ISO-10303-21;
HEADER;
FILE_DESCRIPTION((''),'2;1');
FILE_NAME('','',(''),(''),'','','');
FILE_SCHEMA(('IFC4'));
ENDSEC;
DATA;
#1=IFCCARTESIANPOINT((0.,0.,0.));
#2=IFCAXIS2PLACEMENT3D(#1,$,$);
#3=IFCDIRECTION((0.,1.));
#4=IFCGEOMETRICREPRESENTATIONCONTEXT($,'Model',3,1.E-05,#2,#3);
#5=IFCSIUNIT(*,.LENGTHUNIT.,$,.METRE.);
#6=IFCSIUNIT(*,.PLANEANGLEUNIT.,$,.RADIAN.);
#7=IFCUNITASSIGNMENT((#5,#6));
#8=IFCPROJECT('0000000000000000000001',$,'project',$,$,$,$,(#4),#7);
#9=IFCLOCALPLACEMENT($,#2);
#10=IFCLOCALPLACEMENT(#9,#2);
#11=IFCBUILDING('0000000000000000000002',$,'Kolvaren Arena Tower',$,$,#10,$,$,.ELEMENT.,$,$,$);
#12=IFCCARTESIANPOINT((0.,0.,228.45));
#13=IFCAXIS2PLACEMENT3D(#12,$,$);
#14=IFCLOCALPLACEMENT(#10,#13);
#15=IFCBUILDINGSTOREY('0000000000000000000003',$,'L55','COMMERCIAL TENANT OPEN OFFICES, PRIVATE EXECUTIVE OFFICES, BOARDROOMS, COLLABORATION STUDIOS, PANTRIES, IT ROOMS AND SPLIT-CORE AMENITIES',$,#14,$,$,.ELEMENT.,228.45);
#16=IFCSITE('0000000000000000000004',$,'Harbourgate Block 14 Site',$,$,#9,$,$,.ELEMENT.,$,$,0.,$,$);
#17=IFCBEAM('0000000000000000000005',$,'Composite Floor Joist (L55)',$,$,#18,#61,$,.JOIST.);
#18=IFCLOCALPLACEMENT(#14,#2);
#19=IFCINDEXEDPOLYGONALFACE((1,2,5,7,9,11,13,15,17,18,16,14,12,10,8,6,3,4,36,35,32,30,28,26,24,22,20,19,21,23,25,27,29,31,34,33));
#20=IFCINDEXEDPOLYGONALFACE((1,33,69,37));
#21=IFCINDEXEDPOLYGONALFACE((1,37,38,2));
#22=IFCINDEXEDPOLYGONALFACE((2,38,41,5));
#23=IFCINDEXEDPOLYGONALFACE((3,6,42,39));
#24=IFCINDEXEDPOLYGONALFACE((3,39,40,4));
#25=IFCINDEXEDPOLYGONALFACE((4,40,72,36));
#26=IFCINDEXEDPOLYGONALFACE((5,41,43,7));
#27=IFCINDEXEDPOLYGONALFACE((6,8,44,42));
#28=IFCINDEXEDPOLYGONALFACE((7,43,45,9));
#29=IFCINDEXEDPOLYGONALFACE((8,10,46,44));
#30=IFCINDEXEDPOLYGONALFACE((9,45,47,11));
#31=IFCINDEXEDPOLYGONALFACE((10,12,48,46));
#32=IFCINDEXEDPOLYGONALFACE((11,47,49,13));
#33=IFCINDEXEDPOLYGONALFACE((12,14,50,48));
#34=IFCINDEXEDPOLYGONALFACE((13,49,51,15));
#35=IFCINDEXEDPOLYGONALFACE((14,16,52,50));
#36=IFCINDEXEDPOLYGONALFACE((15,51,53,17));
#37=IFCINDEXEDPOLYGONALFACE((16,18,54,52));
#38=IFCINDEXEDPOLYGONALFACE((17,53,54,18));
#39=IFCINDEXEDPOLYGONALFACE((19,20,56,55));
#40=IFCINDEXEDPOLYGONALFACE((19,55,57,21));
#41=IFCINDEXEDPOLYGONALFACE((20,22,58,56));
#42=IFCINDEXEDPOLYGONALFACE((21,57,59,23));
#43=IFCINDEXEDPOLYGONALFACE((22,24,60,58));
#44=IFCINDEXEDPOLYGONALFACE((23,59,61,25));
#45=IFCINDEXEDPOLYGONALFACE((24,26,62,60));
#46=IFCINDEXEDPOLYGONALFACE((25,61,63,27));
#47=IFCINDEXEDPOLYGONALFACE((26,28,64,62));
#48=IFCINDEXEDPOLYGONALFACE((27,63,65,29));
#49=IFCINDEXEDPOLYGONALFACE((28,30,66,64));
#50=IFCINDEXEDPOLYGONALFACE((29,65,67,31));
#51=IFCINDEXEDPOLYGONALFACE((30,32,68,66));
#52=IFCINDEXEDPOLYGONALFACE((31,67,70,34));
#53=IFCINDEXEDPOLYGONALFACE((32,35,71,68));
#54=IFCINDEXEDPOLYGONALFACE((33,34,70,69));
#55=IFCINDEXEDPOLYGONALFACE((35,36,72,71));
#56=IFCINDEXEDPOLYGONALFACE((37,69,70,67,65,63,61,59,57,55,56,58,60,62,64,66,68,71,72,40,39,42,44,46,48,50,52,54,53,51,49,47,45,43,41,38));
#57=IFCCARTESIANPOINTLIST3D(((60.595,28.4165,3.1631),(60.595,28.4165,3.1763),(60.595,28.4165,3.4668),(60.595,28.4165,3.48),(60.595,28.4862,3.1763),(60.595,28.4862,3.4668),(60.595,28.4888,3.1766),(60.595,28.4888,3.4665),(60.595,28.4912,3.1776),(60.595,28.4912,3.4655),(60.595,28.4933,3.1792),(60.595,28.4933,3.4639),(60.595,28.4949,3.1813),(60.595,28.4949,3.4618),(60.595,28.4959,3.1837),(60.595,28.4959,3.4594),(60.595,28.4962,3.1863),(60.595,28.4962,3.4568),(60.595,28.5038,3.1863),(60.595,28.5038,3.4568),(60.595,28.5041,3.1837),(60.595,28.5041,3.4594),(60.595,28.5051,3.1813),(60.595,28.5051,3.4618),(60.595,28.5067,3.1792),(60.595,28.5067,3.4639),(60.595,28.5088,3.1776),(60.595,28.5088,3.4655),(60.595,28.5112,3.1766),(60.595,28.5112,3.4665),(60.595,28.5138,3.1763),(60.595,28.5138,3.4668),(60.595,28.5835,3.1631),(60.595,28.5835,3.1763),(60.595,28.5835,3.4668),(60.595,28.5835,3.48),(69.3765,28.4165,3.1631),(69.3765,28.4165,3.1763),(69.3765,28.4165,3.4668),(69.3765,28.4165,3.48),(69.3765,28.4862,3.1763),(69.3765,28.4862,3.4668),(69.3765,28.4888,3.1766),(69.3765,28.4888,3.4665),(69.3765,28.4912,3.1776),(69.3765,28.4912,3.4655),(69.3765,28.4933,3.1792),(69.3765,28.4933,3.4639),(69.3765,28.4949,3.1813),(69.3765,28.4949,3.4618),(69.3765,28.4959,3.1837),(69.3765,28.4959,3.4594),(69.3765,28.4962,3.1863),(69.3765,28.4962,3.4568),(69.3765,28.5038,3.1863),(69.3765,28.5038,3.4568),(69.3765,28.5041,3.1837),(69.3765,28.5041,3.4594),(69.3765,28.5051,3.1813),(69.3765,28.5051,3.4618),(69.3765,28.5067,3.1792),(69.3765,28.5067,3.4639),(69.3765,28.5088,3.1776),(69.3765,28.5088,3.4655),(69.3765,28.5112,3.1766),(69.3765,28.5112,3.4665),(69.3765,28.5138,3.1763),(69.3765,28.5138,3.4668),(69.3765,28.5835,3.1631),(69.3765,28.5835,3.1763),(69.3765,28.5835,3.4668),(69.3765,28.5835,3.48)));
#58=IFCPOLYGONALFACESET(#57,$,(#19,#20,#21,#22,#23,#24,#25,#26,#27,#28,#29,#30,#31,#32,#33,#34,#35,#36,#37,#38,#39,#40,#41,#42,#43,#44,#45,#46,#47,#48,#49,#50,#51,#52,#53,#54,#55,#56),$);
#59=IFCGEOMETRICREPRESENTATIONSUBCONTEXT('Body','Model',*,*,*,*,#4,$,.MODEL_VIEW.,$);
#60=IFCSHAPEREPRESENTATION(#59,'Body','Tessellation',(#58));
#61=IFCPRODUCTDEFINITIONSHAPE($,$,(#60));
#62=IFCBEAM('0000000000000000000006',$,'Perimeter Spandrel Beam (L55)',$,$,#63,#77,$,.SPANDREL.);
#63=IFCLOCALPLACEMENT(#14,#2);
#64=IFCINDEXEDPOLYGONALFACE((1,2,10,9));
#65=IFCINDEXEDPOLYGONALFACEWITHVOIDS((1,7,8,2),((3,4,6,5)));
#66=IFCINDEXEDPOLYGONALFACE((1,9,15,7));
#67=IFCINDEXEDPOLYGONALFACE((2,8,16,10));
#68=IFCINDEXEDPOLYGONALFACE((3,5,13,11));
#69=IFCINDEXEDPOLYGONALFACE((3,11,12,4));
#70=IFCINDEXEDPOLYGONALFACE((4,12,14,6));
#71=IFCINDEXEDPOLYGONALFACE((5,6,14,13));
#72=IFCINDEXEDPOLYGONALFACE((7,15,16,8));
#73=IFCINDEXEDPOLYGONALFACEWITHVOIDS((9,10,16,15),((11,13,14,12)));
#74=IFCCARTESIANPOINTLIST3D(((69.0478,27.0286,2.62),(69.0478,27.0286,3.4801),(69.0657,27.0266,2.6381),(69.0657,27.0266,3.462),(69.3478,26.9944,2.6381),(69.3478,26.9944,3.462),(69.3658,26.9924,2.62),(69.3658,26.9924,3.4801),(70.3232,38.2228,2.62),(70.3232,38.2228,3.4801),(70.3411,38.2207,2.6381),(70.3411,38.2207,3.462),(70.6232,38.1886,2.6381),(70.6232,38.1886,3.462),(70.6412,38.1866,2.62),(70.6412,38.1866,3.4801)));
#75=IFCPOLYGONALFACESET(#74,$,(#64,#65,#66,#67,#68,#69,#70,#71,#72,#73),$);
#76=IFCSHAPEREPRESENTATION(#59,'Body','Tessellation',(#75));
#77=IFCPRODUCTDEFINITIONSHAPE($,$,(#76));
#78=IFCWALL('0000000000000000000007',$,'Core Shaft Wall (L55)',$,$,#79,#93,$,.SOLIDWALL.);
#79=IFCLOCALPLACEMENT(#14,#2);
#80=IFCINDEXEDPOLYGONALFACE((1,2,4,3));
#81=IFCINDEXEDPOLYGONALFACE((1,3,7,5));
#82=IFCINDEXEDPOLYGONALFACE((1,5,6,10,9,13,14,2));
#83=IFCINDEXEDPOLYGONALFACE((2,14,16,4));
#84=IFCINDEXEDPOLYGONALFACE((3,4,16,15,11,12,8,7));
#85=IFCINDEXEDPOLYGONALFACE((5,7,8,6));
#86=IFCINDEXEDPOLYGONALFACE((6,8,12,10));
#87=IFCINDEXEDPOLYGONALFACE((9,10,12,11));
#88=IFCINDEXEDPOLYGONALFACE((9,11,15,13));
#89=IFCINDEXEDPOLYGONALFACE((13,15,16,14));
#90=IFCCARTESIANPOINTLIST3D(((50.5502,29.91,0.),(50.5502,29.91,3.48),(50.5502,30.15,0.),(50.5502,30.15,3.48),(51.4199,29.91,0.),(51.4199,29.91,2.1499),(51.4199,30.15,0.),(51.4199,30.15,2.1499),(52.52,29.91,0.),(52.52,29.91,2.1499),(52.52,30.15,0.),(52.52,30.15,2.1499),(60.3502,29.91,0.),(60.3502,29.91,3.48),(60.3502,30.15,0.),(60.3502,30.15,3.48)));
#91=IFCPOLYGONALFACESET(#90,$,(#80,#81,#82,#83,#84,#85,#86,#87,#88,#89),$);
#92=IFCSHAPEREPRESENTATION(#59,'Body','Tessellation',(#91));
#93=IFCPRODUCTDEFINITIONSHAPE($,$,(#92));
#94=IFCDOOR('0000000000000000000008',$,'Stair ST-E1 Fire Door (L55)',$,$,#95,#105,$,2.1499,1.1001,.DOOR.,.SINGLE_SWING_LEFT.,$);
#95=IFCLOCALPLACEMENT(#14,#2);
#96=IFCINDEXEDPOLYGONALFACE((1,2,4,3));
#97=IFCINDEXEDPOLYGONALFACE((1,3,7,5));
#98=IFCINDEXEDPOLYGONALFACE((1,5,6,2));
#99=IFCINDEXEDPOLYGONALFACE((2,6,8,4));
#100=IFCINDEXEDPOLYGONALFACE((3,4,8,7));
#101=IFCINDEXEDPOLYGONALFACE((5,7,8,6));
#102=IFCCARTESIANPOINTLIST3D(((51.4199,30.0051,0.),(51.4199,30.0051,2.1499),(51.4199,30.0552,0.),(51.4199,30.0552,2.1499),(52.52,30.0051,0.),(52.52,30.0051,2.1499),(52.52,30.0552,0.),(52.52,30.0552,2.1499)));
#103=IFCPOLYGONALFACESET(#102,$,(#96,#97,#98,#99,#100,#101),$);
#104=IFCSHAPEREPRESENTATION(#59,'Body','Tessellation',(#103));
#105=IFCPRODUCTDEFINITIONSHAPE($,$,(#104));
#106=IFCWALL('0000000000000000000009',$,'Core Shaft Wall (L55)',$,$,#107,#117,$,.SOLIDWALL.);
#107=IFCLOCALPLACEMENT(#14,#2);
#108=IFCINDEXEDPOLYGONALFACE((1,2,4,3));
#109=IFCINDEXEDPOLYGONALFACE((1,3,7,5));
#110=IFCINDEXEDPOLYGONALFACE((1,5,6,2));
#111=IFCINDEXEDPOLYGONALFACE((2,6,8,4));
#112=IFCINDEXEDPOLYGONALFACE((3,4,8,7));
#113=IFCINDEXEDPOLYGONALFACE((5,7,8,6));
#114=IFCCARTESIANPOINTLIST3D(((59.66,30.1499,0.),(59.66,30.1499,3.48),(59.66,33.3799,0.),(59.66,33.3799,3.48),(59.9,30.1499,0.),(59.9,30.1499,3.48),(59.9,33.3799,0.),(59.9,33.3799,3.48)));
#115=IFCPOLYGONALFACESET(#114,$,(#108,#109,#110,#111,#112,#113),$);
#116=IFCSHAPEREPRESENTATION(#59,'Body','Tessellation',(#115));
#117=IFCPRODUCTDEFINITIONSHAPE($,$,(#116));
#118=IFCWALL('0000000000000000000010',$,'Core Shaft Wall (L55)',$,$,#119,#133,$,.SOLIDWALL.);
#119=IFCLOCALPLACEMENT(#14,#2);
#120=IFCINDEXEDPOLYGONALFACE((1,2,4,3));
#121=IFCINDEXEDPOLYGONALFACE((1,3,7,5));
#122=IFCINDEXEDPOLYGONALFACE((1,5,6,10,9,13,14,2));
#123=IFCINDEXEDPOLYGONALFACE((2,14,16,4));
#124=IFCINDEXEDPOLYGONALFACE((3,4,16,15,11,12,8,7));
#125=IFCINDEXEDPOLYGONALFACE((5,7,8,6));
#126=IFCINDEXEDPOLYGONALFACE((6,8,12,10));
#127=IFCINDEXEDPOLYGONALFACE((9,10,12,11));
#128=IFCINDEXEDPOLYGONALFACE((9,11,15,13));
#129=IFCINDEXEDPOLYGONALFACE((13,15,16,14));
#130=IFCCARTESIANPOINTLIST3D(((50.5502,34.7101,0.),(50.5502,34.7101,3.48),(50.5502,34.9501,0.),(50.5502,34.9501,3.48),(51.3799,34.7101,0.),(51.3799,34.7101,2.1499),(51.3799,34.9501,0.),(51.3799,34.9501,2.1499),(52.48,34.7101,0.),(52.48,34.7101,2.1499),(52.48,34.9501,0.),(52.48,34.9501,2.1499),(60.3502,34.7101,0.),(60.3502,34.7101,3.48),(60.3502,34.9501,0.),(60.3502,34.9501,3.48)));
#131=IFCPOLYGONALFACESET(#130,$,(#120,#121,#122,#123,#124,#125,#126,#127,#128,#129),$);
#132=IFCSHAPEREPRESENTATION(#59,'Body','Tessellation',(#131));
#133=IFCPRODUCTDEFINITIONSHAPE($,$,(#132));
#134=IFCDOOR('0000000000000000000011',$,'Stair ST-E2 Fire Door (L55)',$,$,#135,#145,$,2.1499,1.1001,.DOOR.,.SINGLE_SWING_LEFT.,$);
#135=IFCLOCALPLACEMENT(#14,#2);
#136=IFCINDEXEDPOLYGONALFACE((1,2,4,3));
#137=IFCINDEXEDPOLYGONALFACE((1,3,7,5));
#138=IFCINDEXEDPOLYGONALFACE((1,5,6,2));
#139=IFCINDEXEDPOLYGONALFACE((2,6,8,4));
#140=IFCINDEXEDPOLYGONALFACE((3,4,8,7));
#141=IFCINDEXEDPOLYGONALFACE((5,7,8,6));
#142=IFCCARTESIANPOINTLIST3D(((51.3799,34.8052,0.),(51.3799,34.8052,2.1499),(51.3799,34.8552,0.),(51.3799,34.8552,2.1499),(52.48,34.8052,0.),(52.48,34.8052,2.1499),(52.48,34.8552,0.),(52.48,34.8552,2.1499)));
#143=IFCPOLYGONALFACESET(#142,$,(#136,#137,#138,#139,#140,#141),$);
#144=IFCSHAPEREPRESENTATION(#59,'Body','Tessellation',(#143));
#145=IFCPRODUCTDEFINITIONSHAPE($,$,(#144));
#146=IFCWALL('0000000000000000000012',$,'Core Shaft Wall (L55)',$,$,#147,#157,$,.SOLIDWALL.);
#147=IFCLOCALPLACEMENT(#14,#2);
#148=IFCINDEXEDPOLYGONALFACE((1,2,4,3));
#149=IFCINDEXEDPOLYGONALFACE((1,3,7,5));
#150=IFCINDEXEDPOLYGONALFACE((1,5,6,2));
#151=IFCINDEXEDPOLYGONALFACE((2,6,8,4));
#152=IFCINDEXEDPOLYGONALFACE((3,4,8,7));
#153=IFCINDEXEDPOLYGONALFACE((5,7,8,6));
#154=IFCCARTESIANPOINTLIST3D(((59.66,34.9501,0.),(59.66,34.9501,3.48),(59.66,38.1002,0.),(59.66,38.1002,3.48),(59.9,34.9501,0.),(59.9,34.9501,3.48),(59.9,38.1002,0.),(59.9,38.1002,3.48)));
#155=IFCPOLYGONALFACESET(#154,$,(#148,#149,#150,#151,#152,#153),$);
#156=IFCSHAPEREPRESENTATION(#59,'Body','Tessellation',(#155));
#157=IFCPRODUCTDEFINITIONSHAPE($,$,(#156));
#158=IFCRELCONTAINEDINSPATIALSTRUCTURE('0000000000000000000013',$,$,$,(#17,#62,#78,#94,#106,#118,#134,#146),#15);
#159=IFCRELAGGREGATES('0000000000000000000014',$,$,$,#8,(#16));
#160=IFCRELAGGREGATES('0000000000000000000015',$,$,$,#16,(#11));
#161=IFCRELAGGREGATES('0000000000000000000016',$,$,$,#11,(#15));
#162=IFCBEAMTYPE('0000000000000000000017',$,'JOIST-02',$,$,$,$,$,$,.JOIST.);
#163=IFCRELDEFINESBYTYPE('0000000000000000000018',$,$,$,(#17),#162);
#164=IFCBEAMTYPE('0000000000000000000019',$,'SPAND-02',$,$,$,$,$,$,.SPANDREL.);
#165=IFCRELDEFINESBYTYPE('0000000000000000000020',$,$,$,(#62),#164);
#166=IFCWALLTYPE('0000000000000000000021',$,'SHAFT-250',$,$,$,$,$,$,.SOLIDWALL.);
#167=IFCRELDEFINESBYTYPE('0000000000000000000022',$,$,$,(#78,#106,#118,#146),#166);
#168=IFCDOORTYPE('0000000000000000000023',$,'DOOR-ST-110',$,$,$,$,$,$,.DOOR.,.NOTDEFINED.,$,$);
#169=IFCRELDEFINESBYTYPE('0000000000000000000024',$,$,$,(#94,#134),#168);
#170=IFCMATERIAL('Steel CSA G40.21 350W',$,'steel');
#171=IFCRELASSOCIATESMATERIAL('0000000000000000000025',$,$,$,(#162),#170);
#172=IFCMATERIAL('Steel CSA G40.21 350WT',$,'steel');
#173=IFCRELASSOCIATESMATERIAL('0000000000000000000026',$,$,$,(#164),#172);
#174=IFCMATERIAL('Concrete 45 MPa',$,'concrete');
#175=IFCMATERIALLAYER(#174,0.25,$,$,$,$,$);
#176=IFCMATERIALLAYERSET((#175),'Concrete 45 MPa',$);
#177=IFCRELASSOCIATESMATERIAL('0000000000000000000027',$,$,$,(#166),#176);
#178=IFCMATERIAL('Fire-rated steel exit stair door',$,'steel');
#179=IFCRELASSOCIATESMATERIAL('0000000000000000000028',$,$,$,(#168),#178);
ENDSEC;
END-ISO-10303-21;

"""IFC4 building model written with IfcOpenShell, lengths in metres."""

from ifc_helpers import new_model, si_unit, direction, frame, frame_2d, origin, origin_2d, place, context, subcontext, project, spatial, rectangle, hollow_rectangle, i_section, extrude, material, layer, layer_set, material_profile, profile_set, type_object, element, fill, save


model = new_model("IFC4")

# Units and contexts
model_context = context("Model", 3, precision=1e-05, world=origin(), true_north=direction((0.0, 1.0)))
body_context = subcontext(model_context, "Body", "Model", "MODEL_VIEW")
ifc_project = project(units=[si_unit("LENGTHUNIT", "METRE"), si_unit("PLANEANGLEUNIT", "RADIAN")], contexts=[model_context])

# Site, building, storey
site_placement = place(None, origin())
site = spatial("IfcSite", under=ifc_project, at=site_placement, Name="Harbourgate Block 14 Site", CompositionType="ELEMENT", RefElevation=0.0)
building_placement = place(site_placement, origin())
building = spatial("IfcBuilding", under=site, at=building_placement, Name="Kolvaren Arena Tower", CompositionType="ELEMENT")
storey_placement = place(building_placement, frame((0.0, 0.0, 228.45)))
storey = spatial("IfcBuildingStorey", under=building, at=storey_placement, Name="L55", Description="COMMERCIAL TENANT OPEN OFFICES, PRIVATE EXECUTIVE OFFICES, BOARDROOMS, COLLABORATION STUDIOS, PANTRIES, IT ROOMS AND SPLIT-CORE AMENITIES", CompositionType="ELEMENT", Elevation=228.45)

# Beams
ifc_material_1 = material(Name="Steel CSA G40.21 350W", Category="steel")
ifc_material_profile_1 = material_profile(ifc_material_1, i_section(OverallWidth=0.167, OverallDepth=0.3169, WebThickness=0.0076, FlangeThickness=0.0132, FilletRadius=0.01, at=origin_2d()), Name="W310x52")
ifc_profile_set_1 = profile_set([ifc_material_profile_1], Name="Steel CSA G40.21 350W")
beam_type_1 = type_object("IfcBeamType", Name="JOIST-02", PredefinedType="JOIST", material=ifc_profile_set_1)
beam_1_placement = place(storey_placement, frame((60.595, 28.5, 3.3215), z_axis=(1.0, 0.0, 0.0), x_axis=(0.0, 1.0, 0.0)))
element("IfcBeam", 1, at=beam_1_placement, inside=storey, type_object=beam_type_1, Name="Composite Floor Joist (L55)", PredefinedType="JOIST", context=body_context, shape_type="SweptSolid", body=[
    extrude(i_section(OverallWidth=0.167, OverallDepth=0.3169, WebThickness=0.0076, FlangeThickness=0.0132, FilletRadius=0.01, at=origin_2d()), origin(), (0.0, 0.0, 1.0), 8.7815),
])
ifc_material_2 = material(Name="Steel CSA G40.21 350WT", Category="steel")
ifc_material_profile_2 = material_profile(ifc_material_2, hollow_rectangle(XDim=0.3201, YDim=0.8601, WallThickness=0.0181, at=origin_2d()), Name="HSS 860x320x18")
ifc_profile_set_2 = profile_set([ifc_material_profile_2], Name="Steel CSA G40.21 350WT")
beam_type_2 = type_object("IfcBeamType", Name="SPAND-02", PredefinedType="SPANDREL", material=ifc_profile_set_2)
beam_2_placement = place(storey_placement, frame((69.2068, 27.0105, 3.05), z_axis=(0.113202, 0.993572, 0.0), x_axis=(-0.993572, 0.113202, 0.0)))
element("IfcBeam", 2, at=beam_2_placement, inside=storey, type_object=beam_type_2, Name="Perimeter Spandrel Beam (L55)", PredefinedType="SPANDREL", context=body_context, shape_type="SweptSolid", body=[
    extrude(hollow_rectangle(XDim=0.3201, YDim=0.8601, WallThickness=0.0181, at=origin_2d()), origin(), (0.0, 0.0, 1.0), 11.2666),
])

# Wall, opening, door
ifc_material_3 = material(Name="Concrete 45 MPa", Category="concrete")
ifc_layer = layer(ifc_material_3, 0.25)
ifc_layer_set = layer_set([ifc_layer], Name="Concrete 45 MPa")
wall_type = type_object("IfcWallType", Name="SHAFT-250", PredefinedType="SOLIDWALL", material=ifc_layer_set)
wall_1_placement = place(storey_placement, frame((60.3501, 30.03, 0.0), z_axis=(0.0, 0.0, 1.0), x_axis=(-1.0, 0.0, 0.0)))
wall_1 = element("IfcWall", 3, at=wall_1_placement, inside=storey, type_object=wall_type, Name="Core Shaft Wall (L55)", PredefinedType="SOLIDWALL", context=body_context, shape_type="SweptSolid", body=[
    extrude(rectangle(XDim=9.8, YDim=0.24, at=frame_2d((4.8999, 0.0))), origin(), (0.0, 0.0, 1.0), 3.48),
])
opening_1_placement = place(wall_1_placement, frame((7.8301, 0.0, 0.0)))
opening_1 = element("IfcOpeningElement", 4, at=opening_1_placement, cuts=wall_1, PredefinedType="OPENING", context=body_context, shape_type="SweptSolid", body=[
    extrude(rectangle(XDim=1.1001, YDim=2.1499, at=frame_2d((0.55, 1.075))), frame((0.0, 0.1299, 0.0), z_axis=(0.0, -1.0, 0.0), x_axis=(1.0, 0.0, 0.0)), (0.0, 0.0, 1.0), 0.26),
])
ifc_material_4 = material(Name="Fire-rated steel exit stair door", Category="steel")
door_type_1 = type_object("IfcDoorType", Name="DOOR-ST-110", OperationType="NOTDEFINED", PredefinedType="DOOR", material=ifc_material_4)
door_1_placement = place(opening_1_placement, origin())
door_1 = element("IfcDoor", 5, at=door_1_placement, inside=storey, type_object=door_type_1, Name="Stair ST-E1 Fire Door (L55)", OperationType="SINGLE_SWING_LEFT", OverallHeight=2.1499, OverallWidth=1.1001, PredefinedType="DOOR", context=body_context, shape_type="SweptSolid", body=[
    extrude(rectangle(XDim=1.1001, YDim=2.1499, at=frame_2d((0.55, 1.075))), frame((0.0, 0.0249, 0.0), z_axis=(0.0, -1.0, 0.0), x_axis=(1.0, 0.0, 0.0)), (0.0, 0.0, 1.0), 0.05),
])
fill(opening_1, door_1)

# Wall
wall_2_placement = place(storey_placement, frame((59.78, 30.1499, 0.0), z_axis=(0.0, 0.0, 1.0), x_axis=(0.0, 1.0, 0.0)))
element("IfcWall", 6, at=wall_2_placement, inside=storey, type_object=wall_type, Name="Core Shaft Wall (L55)", PredefinedType="SOLIDWALL", context=body_context, shape_type="SweptSolid", body=[
    extrude(rectangle(XDim=3.23, YDim=0.24, at=frame_2d((1.615, 0.0))), origin(), (0.0, 0.0, 1.0), 3.48),
])

# Wall, opening, door
wall_3_placement = place(storey_placement, frame((60.3501, 34.8301, 0.0), z_axis=(0.0, 0.0, 1.0), x_axis=(-1.0, 0.0, 0.0)))
wall_3 = element("IfcWall", 7, at=wall_3_placement, inside=storey, type_object=wall_type, Name="Core Shaft Wall (L55)", PredefinedType="SOLIDWALL", context=body_context, shape_type="SweptSolid", body=[
    extrude(rectangle(XDim=9.8, YDim=0.24, at=frame_2d((4.8999, 0.0))), origin(), (0.0, 0.0, 1.0), 3.48),
])
opening_2_placement = place(wall_3_placement, frame((7.8701, 0.0, 0.0)))
opening_2 = element("IfcOpeningElement", 8, at=opening_2_placement, cuts=wall_3, PredefinedType="OPENING", context=body_context, shape_type="SweptSolid", body=[
    extrude(rectangle(XDim=1.1001, YDim=2.1499, at=frame_2d((0.55, 1.075))), frame((0.0, 0.1299, 0.0), z_axis=(0.0, -1.0, 0.0), x_axis=(1.0, 0.0, 0.0)), (0.0, 0.0, 1.0), 0.26),
])
door_2_placement = place(opening_2_placement, origin())
door_2 = element("IfcDoor", 9, at=door_2_placement, inside=storey, type_object=door_type_1, Name="Stair ST-E2 Fire Door (L55)", OperationType="SINGLE_SWING_LEFT", OverallHeight=2.1499, OverallWidth=1.1001, PredefinedType="DOOR", context=body_context, shape_type="SweptSolid", body=[
    extrude(rectangle(XDim=1.1001, YDim=2.1499, at=frame_2d((0.55, 1.075))), frame((0.0, 0.0249, 0.0), z_axis=(0.0, -1.0, 0.0), x_axis=(1.0, 0.0, 0.0)), (0.0, 0.0, 1.0), 0.05),
])
fill(opening_2, door_2)

# Wall
wall_4_placement = place(storey_placement, frame((59.78, 34.95, 0.0), z_axis=(0.0, 0.0, 1.0), x_axis=(0.0, 1.0, 0.0)))
element("IfcWall", 10, at=wall_4_placement, inside=storey, type_object=wall_type, Name="Core Shaft Wall (L55)", PredefinedType="SOLIDWALL", context=body_context, shape_type="SweptSolid", body=[
    extrude(rectangle(XDim=3.1501, YDim=0.24, at=frame_2d((1.5752, 0.0))), origin(), (0.0, 0.0, 1.0), 3.48),
])

save(model, "model.ifc")
